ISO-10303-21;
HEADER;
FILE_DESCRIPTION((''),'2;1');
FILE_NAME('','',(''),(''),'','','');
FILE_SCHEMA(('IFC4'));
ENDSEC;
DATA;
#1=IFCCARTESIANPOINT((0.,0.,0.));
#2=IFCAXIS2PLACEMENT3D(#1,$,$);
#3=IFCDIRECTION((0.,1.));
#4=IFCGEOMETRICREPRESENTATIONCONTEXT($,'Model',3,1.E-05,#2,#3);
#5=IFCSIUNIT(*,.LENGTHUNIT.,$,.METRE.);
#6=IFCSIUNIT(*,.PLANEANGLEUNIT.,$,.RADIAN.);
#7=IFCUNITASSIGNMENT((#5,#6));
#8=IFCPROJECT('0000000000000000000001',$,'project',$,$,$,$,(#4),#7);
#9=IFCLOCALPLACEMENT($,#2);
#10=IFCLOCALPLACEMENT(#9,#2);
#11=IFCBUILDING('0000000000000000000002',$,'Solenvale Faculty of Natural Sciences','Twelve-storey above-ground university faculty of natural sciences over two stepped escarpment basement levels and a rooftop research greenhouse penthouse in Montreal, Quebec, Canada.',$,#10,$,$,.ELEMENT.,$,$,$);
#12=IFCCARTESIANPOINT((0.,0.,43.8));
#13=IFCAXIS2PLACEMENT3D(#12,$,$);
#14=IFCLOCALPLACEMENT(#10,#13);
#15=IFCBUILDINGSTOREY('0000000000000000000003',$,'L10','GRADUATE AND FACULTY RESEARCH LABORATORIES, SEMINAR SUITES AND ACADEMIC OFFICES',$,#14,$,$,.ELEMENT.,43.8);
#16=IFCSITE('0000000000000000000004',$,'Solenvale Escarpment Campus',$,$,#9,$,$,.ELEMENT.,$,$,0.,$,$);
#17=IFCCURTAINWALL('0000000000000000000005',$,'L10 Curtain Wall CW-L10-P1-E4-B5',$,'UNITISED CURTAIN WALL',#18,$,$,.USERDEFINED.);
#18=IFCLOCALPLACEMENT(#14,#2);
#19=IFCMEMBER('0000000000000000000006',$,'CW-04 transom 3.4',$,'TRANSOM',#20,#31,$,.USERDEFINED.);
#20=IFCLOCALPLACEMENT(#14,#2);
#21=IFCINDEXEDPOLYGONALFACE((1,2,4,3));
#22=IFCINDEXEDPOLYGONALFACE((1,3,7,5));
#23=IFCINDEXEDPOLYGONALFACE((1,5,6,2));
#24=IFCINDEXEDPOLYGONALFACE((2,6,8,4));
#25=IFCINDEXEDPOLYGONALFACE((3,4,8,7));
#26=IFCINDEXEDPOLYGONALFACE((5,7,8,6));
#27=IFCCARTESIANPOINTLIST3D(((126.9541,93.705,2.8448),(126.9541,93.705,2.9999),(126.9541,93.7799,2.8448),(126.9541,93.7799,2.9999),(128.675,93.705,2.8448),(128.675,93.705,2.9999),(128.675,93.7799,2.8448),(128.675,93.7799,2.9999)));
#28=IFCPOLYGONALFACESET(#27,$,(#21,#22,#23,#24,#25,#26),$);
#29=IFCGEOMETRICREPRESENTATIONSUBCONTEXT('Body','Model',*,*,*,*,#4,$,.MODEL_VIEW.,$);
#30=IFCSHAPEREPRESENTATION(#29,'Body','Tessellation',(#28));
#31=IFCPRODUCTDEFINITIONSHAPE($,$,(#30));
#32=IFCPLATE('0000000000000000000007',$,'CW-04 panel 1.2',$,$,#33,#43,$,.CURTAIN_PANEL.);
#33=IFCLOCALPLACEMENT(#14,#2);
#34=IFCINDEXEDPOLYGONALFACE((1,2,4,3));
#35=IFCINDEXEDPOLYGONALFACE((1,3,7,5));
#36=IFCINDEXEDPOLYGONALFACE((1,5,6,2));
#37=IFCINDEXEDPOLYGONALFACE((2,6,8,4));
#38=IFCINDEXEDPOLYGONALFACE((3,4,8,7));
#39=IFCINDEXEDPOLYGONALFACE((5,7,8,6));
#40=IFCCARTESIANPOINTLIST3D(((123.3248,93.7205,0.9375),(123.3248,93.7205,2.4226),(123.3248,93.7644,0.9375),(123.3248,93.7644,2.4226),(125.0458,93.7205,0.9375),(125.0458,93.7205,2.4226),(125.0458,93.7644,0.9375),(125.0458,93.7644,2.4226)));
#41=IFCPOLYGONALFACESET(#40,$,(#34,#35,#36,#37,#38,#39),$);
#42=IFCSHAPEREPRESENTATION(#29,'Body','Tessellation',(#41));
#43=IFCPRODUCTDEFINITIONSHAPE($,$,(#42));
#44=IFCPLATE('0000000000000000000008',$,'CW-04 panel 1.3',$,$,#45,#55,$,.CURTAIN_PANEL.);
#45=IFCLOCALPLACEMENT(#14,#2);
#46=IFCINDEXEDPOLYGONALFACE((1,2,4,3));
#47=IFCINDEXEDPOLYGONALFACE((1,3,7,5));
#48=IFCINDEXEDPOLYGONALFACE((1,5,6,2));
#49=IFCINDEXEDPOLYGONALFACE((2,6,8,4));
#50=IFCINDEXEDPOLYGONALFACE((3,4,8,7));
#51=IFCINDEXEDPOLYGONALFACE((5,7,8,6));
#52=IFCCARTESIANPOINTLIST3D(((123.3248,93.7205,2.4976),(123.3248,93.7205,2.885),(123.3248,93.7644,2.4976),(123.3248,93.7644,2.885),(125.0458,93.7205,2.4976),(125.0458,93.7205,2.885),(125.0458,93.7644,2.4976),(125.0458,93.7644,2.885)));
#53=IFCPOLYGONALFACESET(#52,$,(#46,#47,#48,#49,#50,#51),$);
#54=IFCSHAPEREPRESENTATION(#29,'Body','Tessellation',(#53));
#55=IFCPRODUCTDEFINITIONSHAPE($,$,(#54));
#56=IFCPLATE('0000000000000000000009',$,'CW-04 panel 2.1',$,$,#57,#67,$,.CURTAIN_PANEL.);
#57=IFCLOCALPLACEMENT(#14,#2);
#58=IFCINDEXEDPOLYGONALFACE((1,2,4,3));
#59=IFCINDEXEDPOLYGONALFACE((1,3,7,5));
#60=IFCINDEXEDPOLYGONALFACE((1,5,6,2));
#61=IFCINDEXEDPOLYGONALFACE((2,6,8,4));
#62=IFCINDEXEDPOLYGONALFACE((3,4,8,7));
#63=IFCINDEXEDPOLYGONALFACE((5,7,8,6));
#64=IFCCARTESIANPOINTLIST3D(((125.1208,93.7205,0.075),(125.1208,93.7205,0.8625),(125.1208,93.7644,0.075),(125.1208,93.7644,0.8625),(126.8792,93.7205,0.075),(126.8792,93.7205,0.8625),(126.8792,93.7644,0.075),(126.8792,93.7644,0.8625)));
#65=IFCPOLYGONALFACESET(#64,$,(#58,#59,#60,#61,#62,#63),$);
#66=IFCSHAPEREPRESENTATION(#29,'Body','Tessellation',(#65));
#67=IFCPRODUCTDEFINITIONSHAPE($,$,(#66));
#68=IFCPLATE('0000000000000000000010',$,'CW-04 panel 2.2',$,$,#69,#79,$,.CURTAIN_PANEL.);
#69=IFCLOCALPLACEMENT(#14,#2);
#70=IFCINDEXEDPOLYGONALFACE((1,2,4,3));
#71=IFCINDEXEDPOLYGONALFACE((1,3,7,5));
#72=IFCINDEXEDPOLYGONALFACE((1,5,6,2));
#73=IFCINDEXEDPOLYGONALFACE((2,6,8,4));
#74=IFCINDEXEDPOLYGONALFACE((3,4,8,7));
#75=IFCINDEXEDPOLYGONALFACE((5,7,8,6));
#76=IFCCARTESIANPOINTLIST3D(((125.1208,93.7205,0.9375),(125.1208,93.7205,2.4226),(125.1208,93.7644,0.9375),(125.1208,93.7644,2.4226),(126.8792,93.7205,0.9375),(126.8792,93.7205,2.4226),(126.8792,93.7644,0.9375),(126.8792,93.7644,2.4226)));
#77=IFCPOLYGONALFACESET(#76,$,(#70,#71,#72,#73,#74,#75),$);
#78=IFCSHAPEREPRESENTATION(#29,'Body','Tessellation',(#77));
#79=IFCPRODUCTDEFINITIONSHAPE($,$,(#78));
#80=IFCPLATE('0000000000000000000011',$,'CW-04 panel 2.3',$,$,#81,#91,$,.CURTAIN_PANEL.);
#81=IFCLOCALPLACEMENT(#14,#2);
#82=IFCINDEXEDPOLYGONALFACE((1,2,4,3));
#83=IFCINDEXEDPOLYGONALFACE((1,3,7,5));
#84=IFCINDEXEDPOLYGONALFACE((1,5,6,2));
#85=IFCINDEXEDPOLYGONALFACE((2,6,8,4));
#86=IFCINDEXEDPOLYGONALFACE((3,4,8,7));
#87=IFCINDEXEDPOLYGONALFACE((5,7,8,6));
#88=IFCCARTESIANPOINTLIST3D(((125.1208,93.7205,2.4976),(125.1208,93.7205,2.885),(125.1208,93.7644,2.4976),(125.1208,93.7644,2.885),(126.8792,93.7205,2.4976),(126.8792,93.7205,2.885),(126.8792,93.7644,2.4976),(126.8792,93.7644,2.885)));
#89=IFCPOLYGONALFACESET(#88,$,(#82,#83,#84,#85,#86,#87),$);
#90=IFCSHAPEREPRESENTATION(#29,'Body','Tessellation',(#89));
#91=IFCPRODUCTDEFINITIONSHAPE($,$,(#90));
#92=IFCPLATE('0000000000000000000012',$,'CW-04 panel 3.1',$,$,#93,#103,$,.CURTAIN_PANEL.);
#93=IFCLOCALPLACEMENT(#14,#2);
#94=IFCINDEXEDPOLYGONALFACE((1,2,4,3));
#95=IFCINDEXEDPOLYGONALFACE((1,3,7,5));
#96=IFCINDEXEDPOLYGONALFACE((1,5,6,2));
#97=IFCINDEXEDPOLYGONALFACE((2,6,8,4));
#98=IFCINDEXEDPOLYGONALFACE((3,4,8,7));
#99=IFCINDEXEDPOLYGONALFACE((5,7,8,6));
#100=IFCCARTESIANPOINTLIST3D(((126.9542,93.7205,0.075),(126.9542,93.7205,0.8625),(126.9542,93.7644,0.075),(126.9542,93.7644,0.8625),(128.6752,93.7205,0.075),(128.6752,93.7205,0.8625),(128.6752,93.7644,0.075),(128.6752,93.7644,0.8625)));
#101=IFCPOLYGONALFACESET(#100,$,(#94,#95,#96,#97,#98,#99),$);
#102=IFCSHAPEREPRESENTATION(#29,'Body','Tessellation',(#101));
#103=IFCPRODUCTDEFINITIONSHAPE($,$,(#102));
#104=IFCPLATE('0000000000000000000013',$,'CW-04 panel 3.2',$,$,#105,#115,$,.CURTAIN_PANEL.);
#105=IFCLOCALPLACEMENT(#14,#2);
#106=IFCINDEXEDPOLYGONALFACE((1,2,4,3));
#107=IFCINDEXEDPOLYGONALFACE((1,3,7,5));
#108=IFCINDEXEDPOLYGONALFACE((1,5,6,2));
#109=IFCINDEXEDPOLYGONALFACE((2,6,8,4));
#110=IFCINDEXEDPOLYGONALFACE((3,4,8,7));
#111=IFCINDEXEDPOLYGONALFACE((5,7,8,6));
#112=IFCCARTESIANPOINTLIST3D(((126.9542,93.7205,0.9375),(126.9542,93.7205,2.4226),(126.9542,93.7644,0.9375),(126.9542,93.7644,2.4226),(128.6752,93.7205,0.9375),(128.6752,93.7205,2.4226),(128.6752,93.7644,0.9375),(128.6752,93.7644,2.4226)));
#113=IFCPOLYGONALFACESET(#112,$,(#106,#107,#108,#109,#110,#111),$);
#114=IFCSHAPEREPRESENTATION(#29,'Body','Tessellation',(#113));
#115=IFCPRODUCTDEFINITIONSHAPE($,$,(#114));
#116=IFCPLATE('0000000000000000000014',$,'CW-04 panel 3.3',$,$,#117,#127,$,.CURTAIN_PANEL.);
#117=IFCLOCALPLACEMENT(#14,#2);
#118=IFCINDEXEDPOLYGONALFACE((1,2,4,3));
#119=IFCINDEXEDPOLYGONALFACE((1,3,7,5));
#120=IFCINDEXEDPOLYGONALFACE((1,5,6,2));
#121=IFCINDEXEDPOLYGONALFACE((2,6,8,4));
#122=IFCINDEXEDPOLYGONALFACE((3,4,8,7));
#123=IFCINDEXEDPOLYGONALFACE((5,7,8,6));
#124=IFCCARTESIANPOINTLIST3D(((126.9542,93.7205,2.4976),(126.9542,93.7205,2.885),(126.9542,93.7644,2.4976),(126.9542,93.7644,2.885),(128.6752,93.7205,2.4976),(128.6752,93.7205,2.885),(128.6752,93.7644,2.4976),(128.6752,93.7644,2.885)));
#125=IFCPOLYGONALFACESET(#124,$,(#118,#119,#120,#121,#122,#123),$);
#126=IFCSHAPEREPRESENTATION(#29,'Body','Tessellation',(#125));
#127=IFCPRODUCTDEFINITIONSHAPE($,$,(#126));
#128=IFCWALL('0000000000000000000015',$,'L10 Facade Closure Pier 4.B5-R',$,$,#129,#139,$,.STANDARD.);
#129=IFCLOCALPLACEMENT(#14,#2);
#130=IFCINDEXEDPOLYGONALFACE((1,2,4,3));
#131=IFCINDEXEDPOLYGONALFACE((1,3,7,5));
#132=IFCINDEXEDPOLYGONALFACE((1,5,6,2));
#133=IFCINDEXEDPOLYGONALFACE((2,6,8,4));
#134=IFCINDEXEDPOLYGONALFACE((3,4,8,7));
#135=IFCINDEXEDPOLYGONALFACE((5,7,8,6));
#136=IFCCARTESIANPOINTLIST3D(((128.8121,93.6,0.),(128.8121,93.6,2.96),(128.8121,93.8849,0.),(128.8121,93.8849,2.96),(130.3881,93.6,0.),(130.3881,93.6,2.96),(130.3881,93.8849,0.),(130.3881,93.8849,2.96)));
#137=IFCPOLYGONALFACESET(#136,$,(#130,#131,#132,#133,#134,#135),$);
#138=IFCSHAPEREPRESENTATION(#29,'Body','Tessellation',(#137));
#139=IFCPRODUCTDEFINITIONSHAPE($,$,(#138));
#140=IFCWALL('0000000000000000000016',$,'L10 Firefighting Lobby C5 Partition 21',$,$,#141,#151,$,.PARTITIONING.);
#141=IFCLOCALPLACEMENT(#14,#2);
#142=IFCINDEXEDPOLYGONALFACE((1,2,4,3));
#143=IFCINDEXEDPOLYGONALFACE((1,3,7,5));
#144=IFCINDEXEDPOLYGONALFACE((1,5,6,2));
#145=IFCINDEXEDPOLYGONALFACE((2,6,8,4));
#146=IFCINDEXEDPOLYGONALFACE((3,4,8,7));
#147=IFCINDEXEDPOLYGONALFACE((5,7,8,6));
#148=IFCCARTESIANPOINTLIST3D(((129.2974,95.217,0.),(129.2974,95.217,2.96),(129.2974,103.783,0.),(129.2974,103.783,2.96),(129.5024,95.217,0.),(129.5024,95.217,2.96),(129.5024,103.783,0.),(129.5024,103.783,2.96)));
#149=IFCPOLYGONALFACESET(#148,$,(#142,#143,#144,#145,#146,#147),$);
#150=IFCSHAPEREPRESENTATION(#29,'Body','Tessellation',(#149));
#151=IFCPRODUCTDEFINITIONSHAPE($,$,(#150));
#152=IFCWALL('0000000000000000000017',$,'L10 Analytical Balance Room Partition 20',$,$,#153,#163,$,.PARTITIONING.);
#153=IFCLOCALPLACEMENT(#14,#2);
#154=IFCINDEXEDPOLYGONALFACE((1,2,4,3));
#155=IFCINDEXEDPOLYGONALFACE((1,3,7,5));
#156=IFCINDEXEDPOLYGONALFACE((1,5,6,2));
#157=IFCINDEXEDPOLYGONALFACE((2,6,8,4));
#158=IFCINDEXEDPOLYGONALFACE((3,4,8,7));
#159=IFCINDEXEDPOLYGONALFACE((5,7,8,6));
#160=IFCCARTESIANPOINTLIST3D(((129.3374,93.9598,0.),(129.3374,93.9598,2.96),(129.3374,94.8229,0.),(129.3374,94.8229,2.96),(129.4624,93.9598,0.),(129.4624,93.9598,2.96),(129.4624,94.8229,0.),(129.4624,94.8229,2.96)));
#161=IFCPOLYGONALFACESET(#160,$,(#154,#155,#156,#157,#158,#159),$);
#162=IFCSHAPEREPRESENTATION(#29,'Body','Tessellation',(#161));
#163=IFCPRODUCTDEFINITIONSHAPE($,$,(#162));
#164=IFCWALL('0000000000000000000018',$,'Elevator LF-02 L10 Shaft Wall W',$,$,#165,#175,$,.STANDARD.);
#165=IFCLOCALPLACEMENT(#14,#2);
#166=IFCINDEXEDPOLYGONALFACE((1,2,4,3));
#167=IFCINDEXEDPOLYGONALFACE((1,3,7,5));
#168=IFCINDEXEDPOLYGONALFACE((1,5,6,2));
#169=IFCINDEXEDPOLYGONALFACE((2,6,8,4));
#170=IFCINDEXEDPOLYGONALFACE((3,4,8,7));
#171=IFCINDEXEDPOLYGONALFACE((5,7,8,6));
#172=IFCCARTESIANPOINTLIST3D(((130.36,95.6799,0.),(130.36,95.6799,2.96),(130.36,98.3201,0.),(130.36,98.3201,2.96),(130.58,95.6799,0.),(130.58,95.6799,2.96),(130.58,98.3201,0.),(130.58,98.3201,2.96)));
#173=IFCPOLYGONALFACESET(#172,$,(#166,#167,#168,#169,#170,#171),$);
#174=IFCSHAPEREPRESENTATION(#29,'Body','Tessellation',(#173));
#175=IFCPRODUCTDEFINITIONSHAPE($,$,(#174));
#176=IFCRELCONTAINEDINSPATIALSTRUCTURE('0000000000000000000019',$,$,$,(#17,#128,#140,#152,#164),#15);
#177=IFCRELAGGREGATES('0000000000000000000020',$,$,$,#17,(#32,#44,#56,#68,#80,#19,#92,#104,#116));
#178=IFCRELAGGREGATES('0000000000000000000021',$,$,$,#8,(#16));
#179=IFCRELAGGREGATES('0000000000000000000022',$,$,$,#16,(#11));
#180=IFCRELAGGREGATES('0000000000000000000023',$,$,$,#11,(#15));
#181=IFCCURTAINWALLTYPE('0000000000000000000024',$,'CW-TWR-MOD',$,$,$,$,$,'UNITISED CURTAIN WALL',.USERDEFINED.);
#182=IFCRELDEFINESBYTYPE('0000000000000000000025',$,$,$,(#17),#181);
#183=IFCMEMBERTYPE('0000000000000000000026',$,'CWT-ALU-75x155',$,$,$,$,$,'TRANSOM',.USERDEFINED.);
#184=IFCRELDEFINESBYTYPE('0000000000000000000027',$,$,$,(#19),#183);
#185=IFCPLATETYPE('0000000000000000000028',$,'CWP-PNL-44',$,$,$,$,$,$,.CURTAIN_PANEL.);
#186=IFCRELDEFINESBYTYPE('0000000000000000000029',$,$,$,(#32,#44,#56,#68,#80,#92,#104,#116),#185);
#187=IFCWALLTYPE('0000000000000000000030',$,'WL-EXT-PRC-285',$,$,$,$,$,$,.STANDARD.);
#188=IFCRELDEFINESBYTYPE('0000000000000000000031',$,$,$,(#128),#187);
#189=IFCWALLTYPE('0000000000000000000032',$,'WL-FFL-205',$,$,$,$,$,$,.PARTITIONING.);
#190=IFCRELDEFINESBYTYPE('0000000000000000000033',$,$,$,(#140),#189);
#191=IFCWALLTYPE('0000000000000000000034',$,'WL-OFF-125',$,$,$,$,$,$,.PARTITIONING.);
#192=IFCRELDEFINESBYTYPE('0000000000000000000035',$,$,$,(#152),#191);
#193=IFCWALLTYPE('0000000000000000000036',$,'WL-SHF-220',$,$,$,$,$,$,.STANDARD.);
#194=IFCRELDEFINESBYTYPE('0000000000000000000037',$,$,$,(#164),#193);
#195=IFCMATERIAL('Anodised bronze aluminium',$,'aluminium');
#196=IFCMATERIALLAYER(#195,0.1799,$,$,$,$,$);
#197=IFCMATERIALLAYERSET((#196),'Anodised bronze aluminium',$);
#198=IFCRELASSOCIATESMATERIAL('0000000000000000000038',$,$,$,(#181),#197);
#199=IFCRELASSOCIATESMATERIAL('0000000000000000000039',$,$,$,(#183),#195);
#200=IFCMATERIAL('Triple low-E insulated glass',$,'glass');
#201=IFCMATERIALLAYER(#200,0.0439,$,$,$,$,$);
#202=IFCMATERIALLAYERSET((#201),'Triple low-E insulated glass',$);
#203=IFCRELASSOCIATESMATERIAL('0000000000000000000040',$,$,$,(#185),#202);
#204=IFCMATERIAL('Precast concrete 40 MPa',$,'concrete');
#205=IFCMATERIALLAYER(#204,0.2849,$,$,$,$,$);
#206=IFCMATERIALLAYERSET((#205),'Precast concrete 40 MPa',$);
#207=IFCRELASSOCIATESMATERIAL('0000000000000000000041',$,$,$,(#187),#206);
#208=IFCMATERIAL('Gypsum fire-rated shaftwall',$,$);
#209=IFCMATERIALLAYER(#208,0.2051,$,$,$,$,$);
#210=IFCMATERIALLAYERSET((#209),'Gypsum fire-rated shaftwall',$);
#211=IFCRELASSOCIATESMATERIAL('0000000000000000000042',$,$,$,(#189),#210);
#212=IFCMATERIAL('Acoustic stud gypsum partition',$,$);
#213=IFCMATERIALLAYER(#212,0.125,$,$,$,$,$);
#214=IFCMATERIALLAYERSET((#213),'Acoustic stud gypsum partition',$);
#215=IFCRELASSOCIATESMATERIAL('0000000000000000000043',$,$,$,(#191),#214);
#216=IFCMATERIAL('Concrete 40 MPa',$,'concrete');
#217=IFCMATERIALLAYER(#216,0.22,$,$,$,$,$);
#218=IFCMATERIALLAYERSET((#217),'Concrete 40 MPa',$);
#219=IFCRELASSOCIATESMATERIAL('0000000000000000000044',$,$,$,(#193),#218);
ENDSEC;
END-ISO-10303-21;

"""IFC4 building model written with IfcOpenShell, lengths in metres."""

from ifc_helpers import new_model, si_unit, direction, frame, frame_2d, origin, origin_2d, place, context, subcontext, project, spatial, rectangle, extrude, material, layer, layer_set, material_profile, profile_set, type_object, element, aggregate, save


model = new_model("IFC4")

# Units and contexts
model_context = context("Model", 3, precision=1e-05, world=origin(), true_north=direction((0.0, 1.0)))
body_context = subcontext(model_context, "Body", "Model", "MODEL_VIEW")
ifc_project = project(units=[si_unit("LENGTHUNIT", "METRE"), si_unit("PLANEANGLEUNIT", "RADIAN")], contexts=[model_context])

# Site, building, storey
site_placement = place(None, origin())
site = spatial("IfcSite", under=ifc_project, at=site_placement, Name="Solenvale Escarpment Campus", CompositionType="ELEMENT", RefElevation=0.0)
building_placement = place(site_placement, origin())
building = spatial("IfcBuilding", under=site, at=building_placement, Name="Solenvale Faculty of Natural Sciences", Description="Twelve-storey above-ground university faculty of natural sciences over two stepped escarpment basement levels and a rooftop research greenhouse penthouse in Montreal, Quebec, Canada.", CompositionType="ELEMENT")
storey_placement = place(building_placement, frame((0.0, 0.0, 43.8)))
storey = spatial("IfcBuildingStorey", under=building, at=storey_placement, Name="L10", Description="GRADUATE AND FACULTY RESEARCH LABORATORIES, SEMINAR SUITES AND ACADEMIC OFFICES", CompositionType="ELEMENT", Elevation=43.8)

# Shared definitions
ifc_material_1 = material(Name="Concrete 40 MPa", Category="concrete")

# Curtain wall
ifc_material_2 = material(Name="Anodised bronze aluminium", Category="aluminium")
ifc_layer_1 = layer(ifc_material_2, 0.1799)
ifc_layer_set_1 = layer_set([ifc_layer_1], Name="Anodised bronze aluminium")
curtain_wall_type = type_object("IfcCurtainWallType", Name="CW-TWR-MOD", ElementType="UNITISED CURTAIN WALL", PredefinedType="USERDEFINED", material=ifc_layer_set_1)
curtain_wall_1_placement = place(storey_placement, origin())
curtain_wall_1 = element("IfcCurtainWall", 1, at=curtain_wall_1_placement, inside=storey, type_object=curtain_wall_type, Name="L10 Curtain Wall CW-L10-P1-E4-B5", ObjectType="UNITISED CURTAIN WALL", PredefinedType="USERDEFINED")

# Member
ifc_material_profile_1 = material_profile(ifc_material_2, rectangle(XDim=0.075, YDim=0.155, at=origin_2d()), Name="ALU-TRN-75x155")
ifc_profile_set_1 = profile_set([ifc_material_profile_1], Name="Anodised bronze aluminium")
member_type_1 = type_object("IfcMemberType", Name="CWT-ALU-75x155", ElementType="TRANSOM", PredefinedType="USERDEFINED", material=ifc_profile_set_1)
member_1_placement = place(storey_placement, frame((126.9541, 93.7424, 2.9224), z_axis=(1.0, 0.0, 0.0), x_axis=(0.0, 1.0, 0.0)))
member_1 = element("IfcMember", 2, at=member_1_placement, type_object=member_type_1, Name="CW-04 transom 3.4", ObjectType="TRANSOM", PredefinedType="USERDEFINED", context=body_context, shape_type="SweptSolid", body=[
    extrude(rectangle(XDim=0.075, YDim=0.155, at=origin_2d()), origin(), (0.0, 0.0, 1.0), 1.7209),
])

# Plates
ifc_material_3 = material(Name="Triple low-E insulated glass", Category="glass")
ifc_layer_2 = layer(ifc_material_3, 0.0439)
ifc_layer_set_2 = layer_set([ifc_layer_2], Name="Triple low-E insulated glass")
plate_type = type_object("IfcPlateType", Name="CWP-PNL-44", PredefinedType="CURTAIN_PANEL", material=ifc_layer_set_2)
plate_1_placement = place(storey_placement, frame((124.1853, 93.7424, 0.9375), z_axis=(0.0, 0.0, 1.0), x_axis=(1.0, 0.0, 0.0)))
plate_1 = element("IfcPlate", 3, at=plate_1_placement, type_object=plate_type, Name="CW-04 panel 1.2", PredefinedType="CURTAIN_PANEL", context=body_context, shape_type="SweptSolid", body=[
    extrude(rectangle(XDim=1.7209, YDim=0.0439, at=origin_2d()), origin(), (0.0, 0.0, 1.0), 1.4851),
])
plate_2_placement = place(storey_placement, frame((124.1853, 93.7424, 2.4976), z_axis=(0.0, 0.0, 1.0), x_axis=(1.0, 0.0, 0.0)))
plate_2 = element("IfcPlate", 4, at=plate_2_placement, type_object=plate_type, Name="CW-04 panel 1.3", PredefinedType="CURTAIN_PANEL", context=body_context, shape_type="SweptSolid", body=[
    extrude(rectangle(XDim=1.7209, YDim=0.0439, at=origin_2d()), origin(), (0.0, 0.0, 1.0), 0.3875),
])
plate_3_placement = place(storey_placement, frame((126.0, 93.7424, 0.075), z_axis=(0.0, 0.0, 1.0), x_axis=(1.0, 0.0, 0.0)))
plate_3 = element("IfcPlate", 5, at=plate_3_placement, type_object=plate_type, Name="CW-04 panel 2.1", PredefinedType="CURTAIN_PANEL", context=body_context, shape_type="SweptSolid", body=[
    extrude(rectangle(XDim=1.7583, YDim=0.0439, at=origin_2d()), origin(), (0.0, 0.0, 1.0), 0.7876),
])
plate_4_placement = place(storey_placement, frame((126.0, 93.7424, 0.9375), z_axis=(0.0, 0.0, 1.0), x_axis=(1.0, 0.0, 0.0)))
plate_4 = element("IfcPlate", 6, at=plate_4_placement, type_object=plate_type, Name="CW-04 panel 2.2", PredefinedType="CURTAIN_PANEL", context=body_context, shape_type="SweptSolid", body=[
    extrude(rectangle(XDim=1.7583, YDim=0.0439, at=origin_2d()), origin(), (0.0, 0.0, 1.0), 1.4851),
])
plate_5_placement = place(storey_placement, frame((126.0, 93.7424, 2.4976), z_axis=(0.0, 0.0, 1.0), x_axis=(1.0, 0.0, 0.0)))
plate_5 = element("IfcPlate", 7, at=plate_5_placement, type_object=plate_type, Name="CW-04 panel 2.3", PredefinedType="CURTAIN_PANEL", context=body_context, shape_type="SweptSolid", body=[
    extrude(rectangle(XDim=1.7583, YDim=0.0439, at=origin_2d()), origin(), (0.0, 0.0, 1.0), 0.3875),
])
plate_6_placement = place(storey_placement, frame((127.8147, 93.7424, 0.075), z_axis=(0.0, 0.0, 1.0), x_axis=(1.0, 0.0, 0.0)))
plate_6 = element("IfcPlate", 8, at=plate_6_placement, type_object=plate_type, Name="CW-04 panel 3.1", PredefinedType="CURTAIN_PANEL", context=body_context, shape_type="SweptSolid", body=[
    extrude(rectangle(XDim=1.7209, YDim=0.0439, at=origin_2d()), origin(), (0.0, 0.0, 1.0), 0.7876),
])
plate_7_placement = place(storey_placement, frame((127.8147, 93.7424, 0.9375), z_axis=(0.0, 0.0, 1.0), x_axis=(1.0, 0.0, 0.0)))
plate_7 = element("IfcPlate", 9, at=plate_7_placement, type_object=plate_type, Name="CW-04 panel 3.2", PredefinedType="CURTAIN_PANEL", context=body_context, shape_type="SweptSolid", body=[
    extrude(rectangle(XDim=1.7209, YDim=0.0439, at=origin_2d()), origin(), (0.0, 0.0, 1.0), 1.4851),
])
plate_8_placement = place(storey_placement, frame((127.8147, 93.7424, 2.4976), z_axis=(0.0, 0.0, 1.0), x_axis=(1.0, 0.0, 0.0)))
plate_8 = element("IfcPlate", 10, at=plate_8_placement, type_object=plate_type, Name="CW-04 panel 3.3", PredefinedType="CURTAIN_PANEL", context=body_context, shape_type="SweptSolid", body=[
    extrude(rectangle(XDim=1.7209, YDim=0.0439, at=origin_2d()), origin(), (0.0, 0.0, 1.0), 0.3875),
])
aggregate(curtain_wall_1, [plate_1, plate_2, plate_3, plate_4, plate_5, member_1, plate_6, plate_7, plate_8])

# Walls
ifc_material_4 = material(Name="Precast concrete 40 MPa", Category="concrete")
ifc_layer_3 = layer(ifc_material_4, 0.2849)
ifc_layer_set_3 = layer_set([ifc_layer_3], Name="Precast concrete 40 MPa")
wall_type_1 = type_object("IfcWallType", Name="WL-EXT-PRC-285", PredefinedType="STANDARD", material=ifc_layer_set_3)
wall_1_placement = place(storey_placement, frame((128.812, 93.7424, 0.0), z_axis=(0.0, 0.0, 1.0), x_axis=(1.0, 0.0, 0.0)))
element("IfcWall", 11, at=wall_1_placement, inside=storey, type_object=wall_type_1, Name="L10 Facade Closure Pier 4.B5-R", PredefinedType="STANDARD", context=body_context, shape_type="SweptSolid", body=[
    extrude(rectangle(XDim=1.5759, YDim=0.2849, at=frame_2d((0.7881, 0.0))), origin(), (0.0, 0.0, 1.0), 2.96),
])
ifc_material_5 = material(Name="Gypsum fire-rated shaftwall")
ifc_layer_4 = layer(ifc_material_5, 0.2051)
ifc_layer_set_4 = layer_set([ifc_layer_4], Name="Gypsum fire-rated shaftwall")
wall_type_2 = type_object("IfcWallType", Name="WL-FFL-205", PredefinedType="PARTITIONING", material=ifc_layer_set_4)
wall_2_placement = place(storey_placement, frame((129.3999, 95.217, 0.0), z_axis=(0.0, 0.0, 1.0), x_axis=(0.0, 1.0, 0.0)))
element("IfcWall", 12, at=wall_2_placement, inside=storey, type_object=wall_type_2, Name="L10 Firefighting Lobby C5 Partition 21", PredefinedType="PARTITIONING", context=body_context, shape_type="SweptSolid", body=[
    extrude(rectangle(XDim=8.5659, YDim=0.2051, at=frame_2d((4.283, 0.0))), origin(), (0.0, 0.0, 1.0), 2.96),
])
ifc_material_6 = material(Name="Acoustic stud gypsum partition")
ifc_layer_5 = layer(ifc_material_6, 0.125)
ifc_layer_set_5 = layer_set([ifc_layer_5], Name="Acoustic stud gypsum partition")
wall_type_3 = type_object("IfcWallType", Name="WL-OFF-125", PredefinedType="PARTITIONING", material=ifc_layer_set_5)
wall_3_placement = place(storey_placement, frame((129.3999, 94.823, 0.0), z_axis=(0.0, 0.0, 1.0), x_axis=(0.0, -1.0, 0.0)))
element("IfcWall", 13, at=wall_3_placement, inside=storey, type_object=wall_type_3, Name="L10 Analytical Balance Room Partition 20", PredefinedType="PARTITIONING", context=body_context, shape_type="SweptSolid", body=[
    extrude(rectangle(XDim=0.863, YDim=0.125, at=frame_2d((0.4316, 0.0))), origin(), (0.0, 0.0, 1.0), 2.96),
])
ifc_layer_6 = layer(ifc_material_1, 0.22)
ifc_layer_set_6 = layer_set([ifc_layer_6], Name="Concrete 40 MPa")
wall_type_4 = type_object("IfcWallType", Name="WL-SHF-220", PredefinedType="STANDARD", material=ifc_layer_set_6)
wall_4_placement = place(storey_placement, frame((130.47, 95.6799, 0.0), z_axis=(0.0, 0.0, 1.0), x_axis=(0.0, 1.0, 0.0)))
element("IfcWall", 14, at=wall_4_placement, inside=storey, type_object=wall_type_4, Name="Elevator LF-02 L10 Shaft Wall W", PredefinedType="STANDARD", context=body_context, shape_type="SweptSolid", body=[
    extrude(rectangle(XDim=2.6401, YDim=0.22, at=frame_2d((1.3201, 0.0))), origin(), (0.0, 0.0, 1.0), 2.96),
])

save(model, "model.ifc")
